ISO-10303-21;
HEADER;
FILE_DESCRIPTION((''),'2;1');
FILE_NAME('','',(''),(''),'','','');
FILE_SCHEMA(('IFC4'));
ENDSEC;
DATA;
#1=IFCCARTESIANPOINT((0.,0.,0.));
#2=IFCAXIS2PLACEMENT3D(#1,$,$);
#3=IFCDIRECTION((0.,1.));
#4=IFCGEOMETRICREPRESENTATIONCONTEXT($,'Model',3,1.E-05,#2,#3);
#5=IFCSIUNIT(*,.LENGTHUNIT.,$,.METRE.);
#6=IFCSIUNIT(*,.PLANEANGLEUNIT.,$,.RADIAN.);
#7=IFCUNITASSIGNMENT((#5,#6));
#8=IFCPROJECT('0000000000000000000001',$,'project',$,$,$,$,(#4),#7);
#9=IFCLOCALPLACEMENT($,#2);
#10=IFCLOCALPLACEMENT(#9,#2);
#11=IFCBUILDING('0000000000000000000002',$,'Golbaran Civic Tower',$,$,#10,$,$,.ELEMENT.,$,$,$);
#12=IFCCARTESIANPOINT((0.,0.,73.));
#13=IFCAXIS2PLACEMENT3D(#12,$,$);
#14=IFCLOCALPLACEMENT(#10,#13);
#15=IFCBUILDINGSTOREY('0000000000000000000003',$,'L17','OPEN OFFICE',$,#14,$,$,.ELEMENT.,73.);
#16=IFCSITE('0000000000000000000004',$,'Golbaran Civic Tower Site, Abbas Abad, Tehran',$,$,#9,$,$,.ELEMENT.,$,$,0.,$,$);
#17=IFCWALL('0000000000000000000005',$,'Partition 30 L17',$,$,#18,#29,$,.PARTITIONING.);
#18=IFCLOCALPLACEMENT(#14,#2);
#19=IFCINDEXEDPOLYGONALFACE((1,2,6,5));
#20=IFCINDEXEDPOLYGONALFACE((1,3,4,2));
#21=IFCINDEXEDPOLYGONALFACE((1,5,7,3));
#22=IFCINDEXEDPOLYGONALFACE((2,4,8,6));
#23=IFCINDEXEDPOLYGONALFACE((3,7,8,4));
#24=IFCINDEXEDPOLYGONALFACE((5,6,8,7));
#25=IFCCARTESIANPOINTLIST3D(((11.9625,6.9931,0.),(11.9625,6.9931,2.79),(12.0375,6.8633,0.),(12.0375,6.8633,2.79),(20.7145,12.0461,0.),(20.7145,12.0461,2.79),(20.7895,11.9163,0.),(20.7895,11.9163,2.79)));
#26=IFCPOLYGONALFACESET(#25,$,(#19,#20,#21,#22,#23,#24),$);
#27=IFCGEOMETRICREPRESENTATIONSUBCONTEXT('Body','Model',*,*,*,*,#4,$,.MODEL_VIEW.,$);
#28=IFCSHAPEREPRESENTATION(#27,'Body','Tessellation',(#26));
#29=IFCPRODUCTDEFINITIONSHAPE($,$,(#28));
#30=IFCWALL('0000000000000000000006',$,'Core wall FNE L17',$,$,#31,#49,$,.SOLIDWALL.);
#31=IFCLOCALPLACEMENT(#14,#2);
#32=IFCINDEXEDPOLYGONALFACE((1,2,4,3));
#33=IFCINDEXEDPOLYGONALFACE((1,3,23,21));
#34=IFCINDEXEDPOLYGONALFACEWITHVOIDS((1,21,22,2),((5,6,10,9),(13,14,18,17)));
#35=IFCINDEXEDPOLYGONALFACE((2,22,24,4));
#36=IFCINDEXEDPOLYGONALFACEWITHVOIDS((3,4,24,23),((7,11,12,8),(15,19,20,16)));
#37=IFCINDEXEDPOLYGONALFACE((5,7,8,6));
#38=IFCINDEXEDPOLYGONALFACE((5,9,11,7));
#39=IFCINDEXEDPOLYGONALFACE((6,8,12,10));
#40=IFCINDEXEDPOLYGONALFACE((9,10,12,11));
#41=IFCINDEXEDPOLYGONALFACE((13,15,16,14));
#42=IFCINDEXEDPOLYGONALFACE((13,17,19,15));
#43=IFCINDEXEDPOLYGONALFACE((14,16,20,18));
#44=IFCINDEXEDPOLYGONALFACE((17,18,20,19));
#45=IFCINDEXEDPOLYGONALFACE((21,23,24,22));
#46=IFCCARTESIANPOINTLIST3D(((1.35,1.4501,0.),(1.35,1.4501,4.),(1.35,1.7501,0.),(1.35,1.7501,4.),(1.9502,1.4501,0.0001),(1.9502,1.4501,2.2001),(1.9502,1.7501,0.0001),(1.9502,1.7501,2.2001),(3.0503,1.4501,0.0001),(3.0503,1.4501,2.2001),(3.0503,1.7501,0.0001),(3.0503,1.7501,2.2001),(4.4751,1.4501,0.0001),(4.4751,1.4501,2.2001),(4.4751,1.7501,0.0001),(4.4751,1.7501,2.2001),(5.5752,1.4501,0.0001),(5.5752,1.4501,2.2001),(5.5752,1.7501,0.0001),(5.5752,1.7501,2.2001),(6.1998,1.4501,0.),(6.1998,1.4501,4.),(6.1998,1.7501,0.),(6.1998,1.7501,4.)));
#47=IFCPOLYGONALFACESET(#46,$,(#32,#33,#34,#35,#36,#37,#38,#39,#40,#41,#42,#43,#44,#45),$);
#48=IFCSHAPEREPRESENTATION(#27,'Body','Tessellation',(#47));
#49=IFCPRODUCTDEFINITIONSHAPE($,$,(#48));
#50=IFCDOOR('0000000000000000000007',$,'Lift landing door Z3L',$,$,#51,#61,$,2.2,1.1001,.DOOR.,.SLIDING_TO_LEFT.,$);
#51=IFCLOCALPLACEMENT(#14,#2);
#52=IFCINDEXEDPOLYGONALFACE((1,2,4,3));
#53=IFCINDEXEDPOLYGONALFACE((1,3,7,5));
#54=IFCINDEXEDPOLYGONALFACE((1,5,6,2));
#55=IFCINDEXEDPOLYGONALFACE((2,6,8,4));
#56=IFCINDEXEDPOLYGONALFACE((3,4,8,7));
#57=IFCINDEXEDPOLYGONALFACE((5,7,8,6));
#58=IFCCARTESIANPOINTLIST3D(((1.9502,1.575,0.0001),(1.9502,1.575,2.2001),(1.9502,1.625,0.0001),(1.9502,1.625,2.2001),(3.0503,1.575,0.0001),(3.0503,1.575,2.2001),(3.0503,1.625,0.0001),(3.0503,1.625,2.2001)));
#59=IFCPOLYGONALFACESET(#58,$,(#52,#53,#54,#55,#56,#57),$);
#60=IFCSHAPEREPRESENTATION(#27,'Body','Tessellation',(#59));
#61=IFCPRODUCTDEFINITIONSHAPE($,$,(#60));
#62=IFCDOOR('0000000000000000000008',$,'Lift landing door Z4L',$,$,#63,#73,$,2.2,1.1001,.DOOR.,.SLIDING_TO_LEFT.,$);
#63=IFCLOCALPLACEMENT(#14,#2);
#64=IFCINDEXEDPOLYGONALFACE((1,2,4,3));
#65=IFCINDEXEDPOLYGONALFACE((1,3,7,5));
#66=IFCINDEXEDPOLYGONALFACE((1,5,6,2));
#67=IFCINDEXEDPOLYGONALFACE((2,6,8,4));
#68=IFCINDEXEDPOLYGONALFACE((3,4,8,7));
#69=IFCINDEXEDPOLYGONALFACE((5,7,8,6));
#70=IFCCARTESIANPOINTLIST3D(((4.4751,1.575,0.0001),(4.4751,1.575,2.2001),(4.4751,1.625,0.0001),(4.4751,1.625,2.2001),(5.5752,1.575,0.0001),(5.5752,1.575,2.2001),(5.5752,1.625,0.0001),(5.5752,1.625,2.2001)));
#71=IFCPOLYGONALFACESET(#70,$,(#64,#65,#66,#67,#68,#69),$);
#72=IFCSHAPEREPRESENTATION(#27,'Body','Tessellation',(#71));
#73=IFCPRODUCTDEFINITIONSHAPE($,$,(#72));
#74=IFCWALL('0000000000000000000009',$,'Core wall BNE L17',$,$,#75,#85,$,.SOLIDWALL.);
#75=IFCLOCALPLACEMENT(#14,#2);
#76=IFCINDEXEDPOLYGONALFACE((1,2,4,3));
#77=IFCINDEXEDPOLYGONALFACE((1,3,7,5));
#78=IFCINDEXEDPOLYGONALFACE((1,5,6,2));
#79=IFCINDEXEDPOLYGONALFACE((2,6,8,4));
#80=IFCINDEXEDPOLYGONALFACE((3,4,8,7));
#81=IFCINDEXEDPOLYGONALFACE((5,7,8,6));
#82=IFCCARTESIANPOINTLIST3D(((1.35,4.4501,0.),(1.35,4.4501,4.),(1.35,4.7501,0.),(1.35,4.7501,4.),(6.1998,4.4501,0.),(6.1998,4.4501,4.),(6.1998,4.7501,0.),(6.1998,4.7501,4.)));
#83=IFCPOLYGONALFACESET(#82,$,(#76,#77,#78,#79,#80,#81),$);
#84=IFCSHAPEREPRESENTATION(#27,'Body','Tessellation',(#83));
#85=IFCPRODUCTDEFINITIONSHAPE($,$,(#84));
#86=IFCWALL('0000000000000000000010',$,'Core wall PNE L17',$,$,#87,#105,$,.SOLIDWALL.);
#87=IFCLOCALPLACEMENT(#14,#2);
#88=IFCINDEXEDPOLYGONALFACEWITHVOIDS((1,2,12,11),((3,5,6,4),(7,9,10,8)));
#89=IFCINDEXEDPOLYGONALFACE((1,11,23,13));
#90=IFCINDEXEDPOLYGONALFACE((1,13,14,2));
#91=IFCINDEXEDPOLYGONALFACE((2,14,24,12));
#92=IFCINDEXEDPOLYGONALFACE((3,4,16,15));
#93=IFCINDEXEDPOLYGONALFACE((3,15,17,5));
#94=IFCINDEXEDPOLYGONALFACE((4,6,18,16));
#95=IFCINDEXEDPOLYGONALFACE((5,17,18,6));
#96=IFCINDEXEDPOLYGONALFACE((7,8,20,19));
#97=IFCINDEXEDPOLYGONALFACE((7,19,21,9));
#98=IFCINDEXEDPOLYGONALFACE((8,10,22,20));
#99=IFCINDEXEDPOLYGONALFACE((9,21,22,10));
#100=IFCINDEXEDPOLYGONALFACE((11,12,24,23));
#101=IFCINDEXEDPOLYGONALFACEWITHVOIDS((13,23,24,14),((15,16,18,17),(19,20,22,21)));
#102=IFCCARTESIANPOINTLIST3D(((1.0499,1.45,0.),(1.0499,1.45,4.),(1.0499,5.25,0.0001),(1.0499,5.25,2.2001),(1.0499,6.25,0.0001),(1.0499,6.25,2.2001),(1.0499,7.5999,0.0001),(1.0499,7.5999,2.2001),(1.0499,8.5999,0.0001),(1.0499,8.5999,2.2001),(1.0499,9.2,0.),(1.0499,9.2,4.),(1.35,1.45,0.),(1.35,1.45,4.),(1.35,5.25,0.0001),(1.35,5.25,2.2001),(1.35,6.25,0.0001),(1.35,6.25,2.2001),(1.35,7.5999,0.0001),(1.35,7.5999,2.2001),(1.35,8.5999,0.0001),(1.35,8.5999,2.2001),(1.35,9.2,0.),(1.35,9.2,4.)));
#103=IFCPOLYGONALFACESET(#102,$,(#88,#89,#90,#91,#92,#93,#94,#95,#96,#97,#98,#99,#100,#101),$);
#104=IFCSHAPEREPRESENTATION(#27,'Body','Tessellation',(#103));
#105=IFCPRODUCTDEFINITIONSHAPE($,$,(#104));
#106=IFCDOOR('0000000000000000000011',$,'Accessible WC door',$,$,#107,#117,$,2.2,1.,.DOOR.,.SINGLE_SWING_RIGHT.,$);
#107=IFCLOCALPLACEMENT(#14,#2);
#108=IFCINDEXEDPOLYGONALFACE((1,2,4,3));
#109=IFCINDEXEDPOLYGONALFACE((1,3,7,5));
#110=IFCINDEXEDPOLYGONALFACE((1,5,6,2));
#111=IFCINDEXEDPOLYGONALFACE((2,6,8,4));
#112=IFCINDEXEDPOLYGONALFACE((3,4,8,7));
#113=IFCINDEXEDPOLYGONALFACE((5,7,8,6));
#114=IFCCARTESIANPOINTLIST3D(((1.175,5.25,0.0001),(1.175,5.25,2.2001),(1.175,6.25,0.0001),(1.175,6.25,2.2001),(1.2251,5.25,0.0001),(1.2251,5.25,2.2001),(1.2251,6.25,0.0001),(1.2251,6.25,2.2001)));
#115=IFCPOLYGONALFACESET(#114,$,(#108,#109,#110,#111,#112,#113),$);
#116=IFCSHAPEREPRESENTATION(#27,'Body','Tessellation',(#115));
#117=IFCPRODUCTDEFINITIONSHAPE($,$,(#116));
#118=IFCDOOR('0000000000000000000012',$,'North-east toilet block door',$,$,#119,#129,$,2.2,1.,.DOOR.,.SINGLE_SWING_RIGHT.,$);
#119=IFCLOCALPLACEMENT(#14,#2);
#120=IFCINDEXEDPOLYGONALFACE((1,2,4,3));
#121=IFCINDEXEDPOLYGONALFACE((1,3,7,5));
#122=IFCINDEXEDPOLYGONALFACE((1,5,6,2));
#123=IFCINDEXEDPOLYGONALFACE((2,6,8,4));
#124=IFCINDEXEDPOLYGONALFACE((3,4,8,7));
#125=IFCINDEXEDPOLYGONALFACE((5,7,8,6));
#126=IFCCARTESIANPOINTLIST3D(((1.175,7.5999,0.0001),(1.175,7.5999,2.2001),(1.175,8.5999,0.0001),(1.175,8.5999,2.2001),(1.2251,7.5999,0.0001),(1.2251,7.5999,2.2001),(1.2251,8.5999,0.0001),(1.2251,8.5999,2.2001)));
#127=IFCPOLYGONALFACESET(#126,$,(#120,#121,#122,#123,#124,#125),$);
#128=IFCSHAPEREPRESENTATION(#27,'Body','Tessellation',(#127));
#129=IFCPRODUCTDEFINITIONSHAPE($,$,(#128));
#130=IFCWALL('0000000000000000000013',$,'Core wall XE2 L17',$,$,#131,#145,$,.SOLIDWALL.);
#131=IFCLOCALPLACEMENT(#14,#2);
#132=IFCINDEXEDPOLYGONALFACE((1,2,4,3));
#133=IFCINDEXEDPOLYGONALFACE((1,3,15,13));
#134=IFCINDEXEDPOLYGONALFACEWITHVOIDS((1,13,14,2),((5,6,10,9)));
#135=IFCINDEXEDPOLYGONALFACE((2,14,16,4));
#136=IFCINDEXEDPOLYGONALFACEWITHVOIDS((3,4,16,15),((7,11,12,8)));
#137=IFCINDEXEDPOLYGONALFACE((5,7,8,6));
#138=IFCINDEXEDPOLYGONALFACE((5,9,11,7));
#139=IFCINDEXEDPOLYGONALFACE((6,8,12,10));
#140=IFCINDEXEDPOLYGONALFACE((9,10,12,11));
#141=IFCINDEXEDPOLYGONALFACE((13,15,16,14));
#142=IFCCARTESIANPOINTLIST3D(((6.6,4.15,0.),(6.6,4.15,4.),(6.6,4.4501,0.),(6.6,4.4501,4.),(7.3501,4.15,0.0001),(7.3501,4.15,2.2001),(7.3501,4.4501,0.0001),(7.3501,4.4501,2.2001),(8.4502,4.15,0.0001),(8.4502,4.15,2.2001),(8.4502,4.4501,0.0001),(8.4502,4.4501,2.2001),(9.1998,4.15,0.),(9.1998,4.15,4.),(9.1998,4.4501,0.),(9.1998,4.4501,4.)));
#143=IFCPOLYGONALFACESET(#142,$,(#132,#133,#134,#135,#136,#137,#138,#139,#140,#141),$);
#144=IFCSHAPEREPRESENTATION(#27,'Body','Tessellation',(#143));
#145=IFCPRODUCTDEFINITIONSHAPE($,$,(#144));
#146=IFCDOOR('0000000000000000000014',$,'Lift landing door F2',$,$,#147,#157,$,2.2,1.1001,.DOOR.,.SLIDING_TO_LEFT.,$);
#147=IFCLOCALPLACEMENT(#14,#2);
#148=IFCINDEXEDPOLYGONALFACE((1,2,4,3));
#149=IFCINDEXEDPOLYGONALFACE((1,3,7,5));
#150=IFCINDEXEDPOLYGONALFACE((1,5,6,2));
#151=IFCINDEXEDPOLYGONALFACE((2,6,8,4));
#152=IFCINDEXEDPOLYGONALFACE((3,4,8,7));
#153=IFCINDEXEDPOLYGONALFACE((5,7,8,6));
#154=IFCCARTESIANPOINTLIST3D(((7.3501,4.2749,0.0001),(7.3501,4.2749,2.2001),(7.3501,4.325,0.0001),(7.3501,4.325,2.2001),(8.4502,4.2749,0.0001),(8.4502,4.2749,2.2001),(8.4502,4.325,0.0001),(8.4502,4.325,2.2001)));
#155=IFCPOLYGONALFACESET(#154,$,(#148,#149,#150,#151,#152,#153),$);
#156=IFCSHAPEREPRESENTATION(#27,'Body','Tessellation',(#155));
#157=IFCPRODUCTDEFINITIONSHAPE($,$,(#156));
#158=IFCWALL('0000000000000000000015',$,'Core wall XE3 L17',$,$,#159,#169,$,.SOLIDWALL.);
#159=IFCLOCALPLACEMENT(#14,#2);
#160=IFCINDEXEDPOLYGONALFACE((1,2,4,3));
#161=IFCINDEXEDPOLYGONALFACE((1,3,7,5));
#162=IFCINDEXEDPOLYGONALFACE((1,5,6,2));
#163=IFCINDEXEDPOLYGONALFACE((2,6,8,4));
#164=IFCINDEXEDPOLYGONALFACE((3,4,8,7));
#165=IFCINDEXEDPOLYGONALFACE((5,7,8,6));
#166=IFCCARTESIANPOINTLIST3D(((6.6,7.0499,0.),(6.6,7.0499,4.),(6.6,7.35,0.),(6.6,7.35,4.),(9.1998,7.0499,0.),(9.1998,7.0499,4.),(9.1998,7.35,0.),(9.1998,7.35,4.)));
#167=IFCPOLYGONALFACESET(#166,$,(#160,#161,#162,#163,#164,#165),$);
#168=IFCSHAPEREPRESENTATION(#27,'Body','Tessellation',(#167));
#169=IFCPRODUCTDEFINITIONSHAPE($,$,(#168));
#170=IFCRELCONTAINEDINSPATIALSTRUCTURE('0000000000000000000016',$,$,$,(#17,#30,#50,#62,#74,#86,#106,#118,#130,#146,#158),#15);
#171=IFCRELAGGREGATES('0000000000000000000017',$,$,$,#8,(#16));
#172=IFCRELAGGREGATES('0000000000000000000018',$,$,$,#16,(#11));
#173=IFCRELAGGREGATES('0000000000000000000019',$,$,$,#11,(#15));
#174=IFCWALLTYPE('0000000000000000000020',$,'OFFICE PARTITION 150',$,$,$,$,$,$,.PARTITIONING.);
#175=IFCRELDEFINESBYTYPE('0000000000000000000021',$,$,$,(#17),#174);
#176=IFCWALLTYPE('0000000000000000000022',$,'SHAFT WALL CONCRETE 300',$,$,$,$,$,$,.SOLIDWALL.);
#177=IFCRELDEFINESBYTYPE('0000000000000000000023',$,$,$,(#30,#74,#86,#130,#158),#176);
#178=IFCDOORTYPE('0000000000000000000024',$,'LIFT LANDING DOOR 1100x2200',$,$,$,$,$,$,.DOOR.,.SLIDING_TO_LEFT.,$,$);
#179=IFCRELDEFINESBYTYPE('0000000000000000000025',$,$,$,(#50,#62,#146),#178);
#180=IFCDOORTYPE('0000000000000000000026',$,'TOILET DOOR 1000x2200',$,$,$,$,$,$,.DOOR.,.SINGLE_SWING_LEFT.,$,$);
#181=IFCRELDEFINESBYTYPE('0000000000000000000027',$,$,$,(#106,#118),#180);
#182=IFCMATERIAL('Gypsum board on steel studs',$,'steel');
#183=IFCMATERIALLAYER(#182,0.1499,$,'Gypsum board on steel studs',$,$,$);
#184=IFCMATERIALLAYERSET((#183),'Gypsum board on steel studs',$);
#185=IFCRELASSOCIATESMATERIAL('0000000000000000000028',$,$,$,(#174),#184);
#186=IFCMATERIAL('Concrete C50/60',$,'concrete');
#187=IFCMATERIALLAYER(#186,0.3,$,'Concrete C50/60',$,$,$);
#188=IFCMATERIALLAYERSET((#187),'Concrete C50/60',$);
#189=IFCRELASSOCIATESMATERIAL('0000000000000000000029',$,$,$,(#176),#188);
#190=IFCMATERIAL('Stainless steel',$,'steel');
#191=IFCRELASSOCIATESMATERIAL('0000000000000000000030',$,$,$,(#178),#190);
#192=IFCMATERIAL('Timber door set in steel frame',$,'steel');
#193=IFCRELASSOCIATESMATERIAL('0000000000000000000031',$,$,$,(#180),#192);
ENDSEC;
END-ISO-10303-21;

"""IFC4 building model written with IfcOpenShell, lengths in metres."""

from ifc_helpers import new_model, si_unit, direction, frame, frame_2d, origin, place, context, subcontext, project, spatial, rectangle, extrude, material, layer, layer_set, type_object, element, fill, save


model = new_model("IFC4")

# Units and contexts
model_context = context("Model", 3, precision=1e-05, world=origin(), true_north=direction((0.0, 1.0)))
body_context = subcontext(model_context, "Body", "Model", "MODEL_VIEW")
ifc_project = project(units=[si_unit("LENGTHUNIT", "METRE"), si_unit("PLANEANGLEUNIT", "RADIAN")], contexts=[model_context])

# Site, building, storey
site_placement = place(None, origin())
site = spatial("IfcSite", under=ifc_project, at=site_placement, Name="Golbaran Civic Tower Site, Abbas Abad, Tehran", CompositionType="ELEMENT", RefElevation=0.0)
building_placement = place(site_placement, origin())
building = spatial("IfcBuilding", under=site, at=building_placement, Name="Golbaran Civic Tower", CompositionType="ELEMENT")
storey_placement = place(building_placement, frame((0.0, 0.0, 73.0)))
storey = spatial("IfcBuildingStorey", under=building, at=storey_placement, Name="L17", Description="OPEN OFFICE", CompositionType="ELEMENT", Elevation=73.0)

# Shared definitions
ifc_material_1 = material(Name="Timber door set in steel frame", Category="steel")

# Shared definitions
ifc_material_2 = material(Name="Concrete C50/60", Category="concrete")

# Wall
ifc_material_3 = material(Name="Gypsum board on steel studs", Category="steel")
ifc_layer_1 = layer(ifc_material_3, 0.1499, Name="Gypsum board on steel studs")
ifc_layer_set_1 = layer_set([ifc_layer_1], Name="Gypsum board on steel studs")
wall_type_1 = type_object("IfcWallType", Name="OFFICE PARTITION 150", PredefinedType="PARTITIONING", material=ifc_layer_set_1)
wall_1_placement = place(storey_placement, frame((12.0, 6.9282, 0.0), z_axis=(0.0, 0.0, 1.0), x_axis=(0.866024, 0.500003, 0.0)))
element("IfcWall", 1, at=wall_1_placement, inside=storey, type_object=wall_type_1, Name="Partition 30 L17", PredefinedType="PARTITIONING", context=body_context, shape_type="SweptSolid", body=[
    extrude(rectangle(XDim=10.106, YDim=0.1499, at=frame_2d((5.053, 0.0))), origin(), (0.0, 0.0, 1.0), 2.79),
])

# Wall, openings, doors
ifc_layer_2 = layer(ifc_material_2, 0.3, Name="Concrete C50/60")
ifc_layer_set_2 = layer_set([ifc_layer_2], Name="Concrete C50/60")
wall_type_2 = type_object("IfcWallType", Name="SHAFT WALL CONCRETE 300", PredefinedType="SOLIDWALL", material=ifc_layer_set_2)
wall_2_placement = place(storey_placement, frame((1.3501, 1.6001, 0.0), z_axis=(0.0, 0.0, 1.0), x_axis=(1.0, 0.0, 0.0)))
wall_2 = element("IfcWall", 2, at=wall_2_placement, inside=storey, type_object=wall_type_2, Name="Core wall FNE L17", PredefinedType="SOLIDWALL", context=body_context, shape_type="SweptSolid", body=[
    extrude(rectangle(XDim=4.8499, YDim=0.3, at=frame_2d((2.4248, 0.0))), origin(), (0.0, 0.0, 1.0), 4.0),
])
opening_1_placement = place(wall_2_placement, frame((0.6001, 0.0, 0.0)))
opening_1 = element("IfcOpeningElement", 3, at=opening_1_placement, cuts=wall_2, PredefinedType="OPENING", context=body_context, shape_type="SweptSolid", body=[
    extrude(rectangle(XDim=1.1001, YDim=2.2, at=frame_2d((0.55, 1.1001))), frame((0.0, 0.1599, 0.0), z_axis=(0.0, -1.0, 0.0), x_axis=(1.0, 0.0, 0.0)), (0.0, 0.0, 1.0), 0.3201),
])
opening_2_placement = place(wall_2_placement, frame((3.125, 0.0, 0.0)))
opening_2 = element("IfcOpeningElement", 4, at=opening_2_placement, cuts=wall_2, PredefinedType="OPENING", context=body_context, shape_type="SweptSolid", body=[
    extrude(rectangle(XDim=1.1001, YDim=2.2, at=frame_2d((0.55, 1.1001))), frame((0.0, 0.1599, 0.0), z_axis=(0.0, -1.0, 0.0), x_axis=(1.0, 0.0, 0.0)), (0.0, 0.0, 1.0), 0.3201),
])
ifc_material_4 = material(Name="Stainless steel", Category="steel")
door_type_1 = type_object("IfcDoorType", Name="LIFT LANDING DOOR 1100x2200", OperationType="SLIDING_TO_LEFT", PredefinedType="DOOR", material=ifc_material_4)
door_1_placement = place(opening_1_placement, origin())
door_1 = element("IfcDoor", 5, at=door_1_placement, inside=storey, type_object=door_type_1, Name="Lift landing door Z3L", OperationType="SLIDING_TO_LEFT", OverallHeight=2.2, OverallWidth=1.1001, PredefinedType="DOOR", context=body_context, shape_type="SweptSolid", body=[
    extrude(rectangle(XDim=1.1001, YDim=2.2, at=frame_2d((0.55, 1.1001))), frame((0.0, 0.0249, 0.0), z_axis=(0.0, -1.0, 0.0), x_axis=(1.0, 0.0, 0.0)), (0.0, 0.0, 1.0), 0.05),
])
fill(opening_1, door_1)
door_2_placement = place(opening_2_placement, origin())
door_2 = element("IfcDoor", 6, at=door_2_placement, inside=storey, type_object=door_type_1, Name="Lift landing door Z4L", OperationType="SLIDING_TO_LEFT", OverallHeight=2.2, OverallWidth=1.1001, PredefinedType="DOOR", context=body_context, shape_type="SweptSolid", body=[
    extrude(rectangle(XDim=1.1001, YDim=2.2, at=frame_2d((0.55, 1.1001))), frame((0.0, 0.0249, 0.0), z_axis=(0.0, -1.0, 0.0), x_axis=(1.0, 0.0, 0.0)), (0.0, 0.0, 1.0), 0.05),
])
fill(opening_2, door_2)

# Wall
wall_3_placement = place(storey_placement, frame((1.3501, 4.6001, 0.0), z_axis=(0.0, 0.0, 1.0), x_axis=(1.0, 0.0, 0.0)))
element("IfcWall", 7, at=wall_3_placement, inside=storey, type_object=wall_type_2, Name="Core wall BNE L17", PredefinedType="SOLIDWALL", context=body_context, shape_type="SweptSolid", body=[
    extrude(rectangle(XDim=4.8499, YDim=0.3, at=frame_2d((2.4248, 0.0))), origin(), (0.0, 0.0, 1.0), 4.0),
])

# Wall, openings, doors
wall_4_placement = place(storey_placement, frame((1.2, 1.45, 0.0), z_axis=(0.0, 0.0, 1.0), x_axis=(0.0, 1.0, 0.0)))
wall_4 = element("IfcWall", 8, at=wall_4_placement, inside=storey, type_object=wall_type_2, Name="Core wall PNE L17", PredefinedType="SOLIDWALL", context=body_context, shape_type="SweptSolid", body=[
    extrude(rectangle(XDim=7.75, YDim=0.3, at=frame_2d((3.875, 0.0))), origin(), (0.0, 0.0, 1.0), 4.0),
])
opening_3_placement = place(wall_4_placement, frame((3.8, 0.0, 0.0)))
opening_3 = element("IfcOpeningElement", 9, at=opening_3_placement, cuts=wall_4, PredefinedType="OPENING", context=body_context, shape_type="SweptSolid", body=[
    extrude(rectangle(XDim=1.0, YDim=2.2, at=frame_2d((0.5, 1.1001))), frame((0.0, 0.1599, 0.0), z_axis=(0.0, -1.0, 0.0), x_axis=(1.0, 0.0, 0.0)), (0.0, 0.0, 1.0), 0.3201),
])
opening_4_placement = place(wall_4_placement, frame((6.1499, 0.0, 0.0)))
opening_4 = element("IfcOpeningElement", 10, at=opening_4_placement, cuts=wall_4, PredefinedType="OPENING", context=body_context, shape_type="SweptSolid", body=[
    extrude(rectangle(XDim=1.0, YDim=2.2, at=frame_2d((0.5, 1.1001))), frame((0.0, 0.1599, 0.0), z_axis=(0.0, -1.0, 0.0), x_axis=(1.0, 0.0, 0.0)), (0.0, 0.0, 1.0), 0.3201),
])
door_type_2 = type_object("IfcDoorType", Name="TOILET DOOR 1000x2200", OperationType="SINGLE_SWING_LEFT", PredefinedType="DOOR", material=ifc_material_1)
door_3_placement = place(opening_3_placement, origin())
door_3 = element("IfcDoor", 11, at=door_3_placement, inside=storey, type_object=door_type_2, Name="Accessible WC door", OperationType="SINGLE_SWING_RIGHT", OverallHeight=2.2, OverallWidth=1.0, PredefinedType="DOOR", context=body_context, shape_type="SweptSolid", body=[
    extrude(rectangle(XDim=1.0, YDim=2.2, at=frame_2d((0.5, 1.1001))), frame((0.0, 0.0249, 0.0), z_axis=(0.0, -1.0, 0.0), x_axis=(1.0, 0.0, 0.0)), (0.0, 0.0, 1.0), 0.05),
])
fill(opening_3, door_3)
door_4_placement = place(opening_4_placement, origin())
door_4 = element("IfcDoor", 12, at=door_4_placement, inside=storey, type_object=door_type_2, Name="North-east toilet block door", OperationType="SINGLE_SWING_RIGHT", OverallHeight=2.2, OverallWidth=1.0, PredefinedType="DOOR", context=body_context, shape_type="SweptSolid", body=[
    extrude(rectangle(XDim=1.0, YDim=2.2, at=frame_2d((0.5, 1.1001))), frame((0.0, 0.0249, 0.0), z_axis=(0.0, -1.0, 0.0), x_axis=(1.0, 0.0, 0.0)), (0.0, 0.0, 1.0), 0.05),
])
fill(opening_4, door_4)

# Wall, opening, door
wall_5_placement = place(storey_placement, frame((6.6001, 4.3, 0.0), z_axis=(0.0, 0.0, 1.0), x_axis=(1.0, 0.0, 0.0)))
wall_5 = element("IfcWall", 13, at=wall_5_placement, inside=storey, type_object=wall_type_2, Name="Core wall XE2 L17", PredefinedType="SOLIDWALL", context=body_context, shape_type="SweptSolid", body=[
    extrude(rectangle(XDim=2.5999, YDim=0.3, at=frame_2d((1.2998, 0.0))), origin(), (0.0, 0.0, 1.0), 4.0),
])
opening_5_placement = place(wall_5_placement, frame((0.75, 0.0, 0.0)))
opening_5 = element("IfcOpeningElement", 14, at=opening_5_placement, cuts=wall_5, PredefinedType="OPENING", context=body_context, shape_type="SweptSolid", body=[
    extrude(rectangle(XDim=1.1001, YDim=2.2, at=frame_2d((0.55, 1.1001))), frame((0.0, 0.1599, 0.0), z_axis=(0.0, -1.0, 0.0), x_axis=(1.0, 0.0, 0.0)), (0.0, 0.0, 1.0), 0.3201),
])
door_5_placement = place(opening_5_placement, origin())
door_5 = element("IfcDoor", 15, at=door_5_placement, inside=storey, type_object=door_type_1, Name="Lift landing door F2", OperationType="SLIDING_TO_LEFT", OverallHeight=2.2, OverallWidth=1.1001, PredefinedType="DOOR", context=body_context, shape_type="SweptSolid", body=[
    extrude(rectangle(XDim=1.1001, YDim=2.2, at=frame_2d((0.55, 1.1001))), frame((0.0, 0.0249, 0.0), z_axis=(0.0, -1.0, 0.0), x_axis=(1.0, 0.0, 0.0)), (0.0, 0.0, 1.0), 0.05),
])
fill(opening_5, door_5)

# Wall
wall_6_placement = place(storey_placement, frame((6.6001, 7.2, 0.0), z_axis=(0.0, 0.0, 1.0), x_axis=(1.0, 0.0, 0.0)))
element("IfcWall", 16, at=wall_6_placement, inside=storey, type_object=wall_type_2, Name="Core wall XE3 L17", PredefinedType="SOLIDWALL", context=body_context, shape_type="SweptSolid", body=[
    extrude(rectangle(XDim=2.5999, YDim=0.3, at=frame_2d((1.2998, 0.0))), origin(), (0.0, 0.0, 1.0), 4.0),
])

save(model, "model.ifc")
